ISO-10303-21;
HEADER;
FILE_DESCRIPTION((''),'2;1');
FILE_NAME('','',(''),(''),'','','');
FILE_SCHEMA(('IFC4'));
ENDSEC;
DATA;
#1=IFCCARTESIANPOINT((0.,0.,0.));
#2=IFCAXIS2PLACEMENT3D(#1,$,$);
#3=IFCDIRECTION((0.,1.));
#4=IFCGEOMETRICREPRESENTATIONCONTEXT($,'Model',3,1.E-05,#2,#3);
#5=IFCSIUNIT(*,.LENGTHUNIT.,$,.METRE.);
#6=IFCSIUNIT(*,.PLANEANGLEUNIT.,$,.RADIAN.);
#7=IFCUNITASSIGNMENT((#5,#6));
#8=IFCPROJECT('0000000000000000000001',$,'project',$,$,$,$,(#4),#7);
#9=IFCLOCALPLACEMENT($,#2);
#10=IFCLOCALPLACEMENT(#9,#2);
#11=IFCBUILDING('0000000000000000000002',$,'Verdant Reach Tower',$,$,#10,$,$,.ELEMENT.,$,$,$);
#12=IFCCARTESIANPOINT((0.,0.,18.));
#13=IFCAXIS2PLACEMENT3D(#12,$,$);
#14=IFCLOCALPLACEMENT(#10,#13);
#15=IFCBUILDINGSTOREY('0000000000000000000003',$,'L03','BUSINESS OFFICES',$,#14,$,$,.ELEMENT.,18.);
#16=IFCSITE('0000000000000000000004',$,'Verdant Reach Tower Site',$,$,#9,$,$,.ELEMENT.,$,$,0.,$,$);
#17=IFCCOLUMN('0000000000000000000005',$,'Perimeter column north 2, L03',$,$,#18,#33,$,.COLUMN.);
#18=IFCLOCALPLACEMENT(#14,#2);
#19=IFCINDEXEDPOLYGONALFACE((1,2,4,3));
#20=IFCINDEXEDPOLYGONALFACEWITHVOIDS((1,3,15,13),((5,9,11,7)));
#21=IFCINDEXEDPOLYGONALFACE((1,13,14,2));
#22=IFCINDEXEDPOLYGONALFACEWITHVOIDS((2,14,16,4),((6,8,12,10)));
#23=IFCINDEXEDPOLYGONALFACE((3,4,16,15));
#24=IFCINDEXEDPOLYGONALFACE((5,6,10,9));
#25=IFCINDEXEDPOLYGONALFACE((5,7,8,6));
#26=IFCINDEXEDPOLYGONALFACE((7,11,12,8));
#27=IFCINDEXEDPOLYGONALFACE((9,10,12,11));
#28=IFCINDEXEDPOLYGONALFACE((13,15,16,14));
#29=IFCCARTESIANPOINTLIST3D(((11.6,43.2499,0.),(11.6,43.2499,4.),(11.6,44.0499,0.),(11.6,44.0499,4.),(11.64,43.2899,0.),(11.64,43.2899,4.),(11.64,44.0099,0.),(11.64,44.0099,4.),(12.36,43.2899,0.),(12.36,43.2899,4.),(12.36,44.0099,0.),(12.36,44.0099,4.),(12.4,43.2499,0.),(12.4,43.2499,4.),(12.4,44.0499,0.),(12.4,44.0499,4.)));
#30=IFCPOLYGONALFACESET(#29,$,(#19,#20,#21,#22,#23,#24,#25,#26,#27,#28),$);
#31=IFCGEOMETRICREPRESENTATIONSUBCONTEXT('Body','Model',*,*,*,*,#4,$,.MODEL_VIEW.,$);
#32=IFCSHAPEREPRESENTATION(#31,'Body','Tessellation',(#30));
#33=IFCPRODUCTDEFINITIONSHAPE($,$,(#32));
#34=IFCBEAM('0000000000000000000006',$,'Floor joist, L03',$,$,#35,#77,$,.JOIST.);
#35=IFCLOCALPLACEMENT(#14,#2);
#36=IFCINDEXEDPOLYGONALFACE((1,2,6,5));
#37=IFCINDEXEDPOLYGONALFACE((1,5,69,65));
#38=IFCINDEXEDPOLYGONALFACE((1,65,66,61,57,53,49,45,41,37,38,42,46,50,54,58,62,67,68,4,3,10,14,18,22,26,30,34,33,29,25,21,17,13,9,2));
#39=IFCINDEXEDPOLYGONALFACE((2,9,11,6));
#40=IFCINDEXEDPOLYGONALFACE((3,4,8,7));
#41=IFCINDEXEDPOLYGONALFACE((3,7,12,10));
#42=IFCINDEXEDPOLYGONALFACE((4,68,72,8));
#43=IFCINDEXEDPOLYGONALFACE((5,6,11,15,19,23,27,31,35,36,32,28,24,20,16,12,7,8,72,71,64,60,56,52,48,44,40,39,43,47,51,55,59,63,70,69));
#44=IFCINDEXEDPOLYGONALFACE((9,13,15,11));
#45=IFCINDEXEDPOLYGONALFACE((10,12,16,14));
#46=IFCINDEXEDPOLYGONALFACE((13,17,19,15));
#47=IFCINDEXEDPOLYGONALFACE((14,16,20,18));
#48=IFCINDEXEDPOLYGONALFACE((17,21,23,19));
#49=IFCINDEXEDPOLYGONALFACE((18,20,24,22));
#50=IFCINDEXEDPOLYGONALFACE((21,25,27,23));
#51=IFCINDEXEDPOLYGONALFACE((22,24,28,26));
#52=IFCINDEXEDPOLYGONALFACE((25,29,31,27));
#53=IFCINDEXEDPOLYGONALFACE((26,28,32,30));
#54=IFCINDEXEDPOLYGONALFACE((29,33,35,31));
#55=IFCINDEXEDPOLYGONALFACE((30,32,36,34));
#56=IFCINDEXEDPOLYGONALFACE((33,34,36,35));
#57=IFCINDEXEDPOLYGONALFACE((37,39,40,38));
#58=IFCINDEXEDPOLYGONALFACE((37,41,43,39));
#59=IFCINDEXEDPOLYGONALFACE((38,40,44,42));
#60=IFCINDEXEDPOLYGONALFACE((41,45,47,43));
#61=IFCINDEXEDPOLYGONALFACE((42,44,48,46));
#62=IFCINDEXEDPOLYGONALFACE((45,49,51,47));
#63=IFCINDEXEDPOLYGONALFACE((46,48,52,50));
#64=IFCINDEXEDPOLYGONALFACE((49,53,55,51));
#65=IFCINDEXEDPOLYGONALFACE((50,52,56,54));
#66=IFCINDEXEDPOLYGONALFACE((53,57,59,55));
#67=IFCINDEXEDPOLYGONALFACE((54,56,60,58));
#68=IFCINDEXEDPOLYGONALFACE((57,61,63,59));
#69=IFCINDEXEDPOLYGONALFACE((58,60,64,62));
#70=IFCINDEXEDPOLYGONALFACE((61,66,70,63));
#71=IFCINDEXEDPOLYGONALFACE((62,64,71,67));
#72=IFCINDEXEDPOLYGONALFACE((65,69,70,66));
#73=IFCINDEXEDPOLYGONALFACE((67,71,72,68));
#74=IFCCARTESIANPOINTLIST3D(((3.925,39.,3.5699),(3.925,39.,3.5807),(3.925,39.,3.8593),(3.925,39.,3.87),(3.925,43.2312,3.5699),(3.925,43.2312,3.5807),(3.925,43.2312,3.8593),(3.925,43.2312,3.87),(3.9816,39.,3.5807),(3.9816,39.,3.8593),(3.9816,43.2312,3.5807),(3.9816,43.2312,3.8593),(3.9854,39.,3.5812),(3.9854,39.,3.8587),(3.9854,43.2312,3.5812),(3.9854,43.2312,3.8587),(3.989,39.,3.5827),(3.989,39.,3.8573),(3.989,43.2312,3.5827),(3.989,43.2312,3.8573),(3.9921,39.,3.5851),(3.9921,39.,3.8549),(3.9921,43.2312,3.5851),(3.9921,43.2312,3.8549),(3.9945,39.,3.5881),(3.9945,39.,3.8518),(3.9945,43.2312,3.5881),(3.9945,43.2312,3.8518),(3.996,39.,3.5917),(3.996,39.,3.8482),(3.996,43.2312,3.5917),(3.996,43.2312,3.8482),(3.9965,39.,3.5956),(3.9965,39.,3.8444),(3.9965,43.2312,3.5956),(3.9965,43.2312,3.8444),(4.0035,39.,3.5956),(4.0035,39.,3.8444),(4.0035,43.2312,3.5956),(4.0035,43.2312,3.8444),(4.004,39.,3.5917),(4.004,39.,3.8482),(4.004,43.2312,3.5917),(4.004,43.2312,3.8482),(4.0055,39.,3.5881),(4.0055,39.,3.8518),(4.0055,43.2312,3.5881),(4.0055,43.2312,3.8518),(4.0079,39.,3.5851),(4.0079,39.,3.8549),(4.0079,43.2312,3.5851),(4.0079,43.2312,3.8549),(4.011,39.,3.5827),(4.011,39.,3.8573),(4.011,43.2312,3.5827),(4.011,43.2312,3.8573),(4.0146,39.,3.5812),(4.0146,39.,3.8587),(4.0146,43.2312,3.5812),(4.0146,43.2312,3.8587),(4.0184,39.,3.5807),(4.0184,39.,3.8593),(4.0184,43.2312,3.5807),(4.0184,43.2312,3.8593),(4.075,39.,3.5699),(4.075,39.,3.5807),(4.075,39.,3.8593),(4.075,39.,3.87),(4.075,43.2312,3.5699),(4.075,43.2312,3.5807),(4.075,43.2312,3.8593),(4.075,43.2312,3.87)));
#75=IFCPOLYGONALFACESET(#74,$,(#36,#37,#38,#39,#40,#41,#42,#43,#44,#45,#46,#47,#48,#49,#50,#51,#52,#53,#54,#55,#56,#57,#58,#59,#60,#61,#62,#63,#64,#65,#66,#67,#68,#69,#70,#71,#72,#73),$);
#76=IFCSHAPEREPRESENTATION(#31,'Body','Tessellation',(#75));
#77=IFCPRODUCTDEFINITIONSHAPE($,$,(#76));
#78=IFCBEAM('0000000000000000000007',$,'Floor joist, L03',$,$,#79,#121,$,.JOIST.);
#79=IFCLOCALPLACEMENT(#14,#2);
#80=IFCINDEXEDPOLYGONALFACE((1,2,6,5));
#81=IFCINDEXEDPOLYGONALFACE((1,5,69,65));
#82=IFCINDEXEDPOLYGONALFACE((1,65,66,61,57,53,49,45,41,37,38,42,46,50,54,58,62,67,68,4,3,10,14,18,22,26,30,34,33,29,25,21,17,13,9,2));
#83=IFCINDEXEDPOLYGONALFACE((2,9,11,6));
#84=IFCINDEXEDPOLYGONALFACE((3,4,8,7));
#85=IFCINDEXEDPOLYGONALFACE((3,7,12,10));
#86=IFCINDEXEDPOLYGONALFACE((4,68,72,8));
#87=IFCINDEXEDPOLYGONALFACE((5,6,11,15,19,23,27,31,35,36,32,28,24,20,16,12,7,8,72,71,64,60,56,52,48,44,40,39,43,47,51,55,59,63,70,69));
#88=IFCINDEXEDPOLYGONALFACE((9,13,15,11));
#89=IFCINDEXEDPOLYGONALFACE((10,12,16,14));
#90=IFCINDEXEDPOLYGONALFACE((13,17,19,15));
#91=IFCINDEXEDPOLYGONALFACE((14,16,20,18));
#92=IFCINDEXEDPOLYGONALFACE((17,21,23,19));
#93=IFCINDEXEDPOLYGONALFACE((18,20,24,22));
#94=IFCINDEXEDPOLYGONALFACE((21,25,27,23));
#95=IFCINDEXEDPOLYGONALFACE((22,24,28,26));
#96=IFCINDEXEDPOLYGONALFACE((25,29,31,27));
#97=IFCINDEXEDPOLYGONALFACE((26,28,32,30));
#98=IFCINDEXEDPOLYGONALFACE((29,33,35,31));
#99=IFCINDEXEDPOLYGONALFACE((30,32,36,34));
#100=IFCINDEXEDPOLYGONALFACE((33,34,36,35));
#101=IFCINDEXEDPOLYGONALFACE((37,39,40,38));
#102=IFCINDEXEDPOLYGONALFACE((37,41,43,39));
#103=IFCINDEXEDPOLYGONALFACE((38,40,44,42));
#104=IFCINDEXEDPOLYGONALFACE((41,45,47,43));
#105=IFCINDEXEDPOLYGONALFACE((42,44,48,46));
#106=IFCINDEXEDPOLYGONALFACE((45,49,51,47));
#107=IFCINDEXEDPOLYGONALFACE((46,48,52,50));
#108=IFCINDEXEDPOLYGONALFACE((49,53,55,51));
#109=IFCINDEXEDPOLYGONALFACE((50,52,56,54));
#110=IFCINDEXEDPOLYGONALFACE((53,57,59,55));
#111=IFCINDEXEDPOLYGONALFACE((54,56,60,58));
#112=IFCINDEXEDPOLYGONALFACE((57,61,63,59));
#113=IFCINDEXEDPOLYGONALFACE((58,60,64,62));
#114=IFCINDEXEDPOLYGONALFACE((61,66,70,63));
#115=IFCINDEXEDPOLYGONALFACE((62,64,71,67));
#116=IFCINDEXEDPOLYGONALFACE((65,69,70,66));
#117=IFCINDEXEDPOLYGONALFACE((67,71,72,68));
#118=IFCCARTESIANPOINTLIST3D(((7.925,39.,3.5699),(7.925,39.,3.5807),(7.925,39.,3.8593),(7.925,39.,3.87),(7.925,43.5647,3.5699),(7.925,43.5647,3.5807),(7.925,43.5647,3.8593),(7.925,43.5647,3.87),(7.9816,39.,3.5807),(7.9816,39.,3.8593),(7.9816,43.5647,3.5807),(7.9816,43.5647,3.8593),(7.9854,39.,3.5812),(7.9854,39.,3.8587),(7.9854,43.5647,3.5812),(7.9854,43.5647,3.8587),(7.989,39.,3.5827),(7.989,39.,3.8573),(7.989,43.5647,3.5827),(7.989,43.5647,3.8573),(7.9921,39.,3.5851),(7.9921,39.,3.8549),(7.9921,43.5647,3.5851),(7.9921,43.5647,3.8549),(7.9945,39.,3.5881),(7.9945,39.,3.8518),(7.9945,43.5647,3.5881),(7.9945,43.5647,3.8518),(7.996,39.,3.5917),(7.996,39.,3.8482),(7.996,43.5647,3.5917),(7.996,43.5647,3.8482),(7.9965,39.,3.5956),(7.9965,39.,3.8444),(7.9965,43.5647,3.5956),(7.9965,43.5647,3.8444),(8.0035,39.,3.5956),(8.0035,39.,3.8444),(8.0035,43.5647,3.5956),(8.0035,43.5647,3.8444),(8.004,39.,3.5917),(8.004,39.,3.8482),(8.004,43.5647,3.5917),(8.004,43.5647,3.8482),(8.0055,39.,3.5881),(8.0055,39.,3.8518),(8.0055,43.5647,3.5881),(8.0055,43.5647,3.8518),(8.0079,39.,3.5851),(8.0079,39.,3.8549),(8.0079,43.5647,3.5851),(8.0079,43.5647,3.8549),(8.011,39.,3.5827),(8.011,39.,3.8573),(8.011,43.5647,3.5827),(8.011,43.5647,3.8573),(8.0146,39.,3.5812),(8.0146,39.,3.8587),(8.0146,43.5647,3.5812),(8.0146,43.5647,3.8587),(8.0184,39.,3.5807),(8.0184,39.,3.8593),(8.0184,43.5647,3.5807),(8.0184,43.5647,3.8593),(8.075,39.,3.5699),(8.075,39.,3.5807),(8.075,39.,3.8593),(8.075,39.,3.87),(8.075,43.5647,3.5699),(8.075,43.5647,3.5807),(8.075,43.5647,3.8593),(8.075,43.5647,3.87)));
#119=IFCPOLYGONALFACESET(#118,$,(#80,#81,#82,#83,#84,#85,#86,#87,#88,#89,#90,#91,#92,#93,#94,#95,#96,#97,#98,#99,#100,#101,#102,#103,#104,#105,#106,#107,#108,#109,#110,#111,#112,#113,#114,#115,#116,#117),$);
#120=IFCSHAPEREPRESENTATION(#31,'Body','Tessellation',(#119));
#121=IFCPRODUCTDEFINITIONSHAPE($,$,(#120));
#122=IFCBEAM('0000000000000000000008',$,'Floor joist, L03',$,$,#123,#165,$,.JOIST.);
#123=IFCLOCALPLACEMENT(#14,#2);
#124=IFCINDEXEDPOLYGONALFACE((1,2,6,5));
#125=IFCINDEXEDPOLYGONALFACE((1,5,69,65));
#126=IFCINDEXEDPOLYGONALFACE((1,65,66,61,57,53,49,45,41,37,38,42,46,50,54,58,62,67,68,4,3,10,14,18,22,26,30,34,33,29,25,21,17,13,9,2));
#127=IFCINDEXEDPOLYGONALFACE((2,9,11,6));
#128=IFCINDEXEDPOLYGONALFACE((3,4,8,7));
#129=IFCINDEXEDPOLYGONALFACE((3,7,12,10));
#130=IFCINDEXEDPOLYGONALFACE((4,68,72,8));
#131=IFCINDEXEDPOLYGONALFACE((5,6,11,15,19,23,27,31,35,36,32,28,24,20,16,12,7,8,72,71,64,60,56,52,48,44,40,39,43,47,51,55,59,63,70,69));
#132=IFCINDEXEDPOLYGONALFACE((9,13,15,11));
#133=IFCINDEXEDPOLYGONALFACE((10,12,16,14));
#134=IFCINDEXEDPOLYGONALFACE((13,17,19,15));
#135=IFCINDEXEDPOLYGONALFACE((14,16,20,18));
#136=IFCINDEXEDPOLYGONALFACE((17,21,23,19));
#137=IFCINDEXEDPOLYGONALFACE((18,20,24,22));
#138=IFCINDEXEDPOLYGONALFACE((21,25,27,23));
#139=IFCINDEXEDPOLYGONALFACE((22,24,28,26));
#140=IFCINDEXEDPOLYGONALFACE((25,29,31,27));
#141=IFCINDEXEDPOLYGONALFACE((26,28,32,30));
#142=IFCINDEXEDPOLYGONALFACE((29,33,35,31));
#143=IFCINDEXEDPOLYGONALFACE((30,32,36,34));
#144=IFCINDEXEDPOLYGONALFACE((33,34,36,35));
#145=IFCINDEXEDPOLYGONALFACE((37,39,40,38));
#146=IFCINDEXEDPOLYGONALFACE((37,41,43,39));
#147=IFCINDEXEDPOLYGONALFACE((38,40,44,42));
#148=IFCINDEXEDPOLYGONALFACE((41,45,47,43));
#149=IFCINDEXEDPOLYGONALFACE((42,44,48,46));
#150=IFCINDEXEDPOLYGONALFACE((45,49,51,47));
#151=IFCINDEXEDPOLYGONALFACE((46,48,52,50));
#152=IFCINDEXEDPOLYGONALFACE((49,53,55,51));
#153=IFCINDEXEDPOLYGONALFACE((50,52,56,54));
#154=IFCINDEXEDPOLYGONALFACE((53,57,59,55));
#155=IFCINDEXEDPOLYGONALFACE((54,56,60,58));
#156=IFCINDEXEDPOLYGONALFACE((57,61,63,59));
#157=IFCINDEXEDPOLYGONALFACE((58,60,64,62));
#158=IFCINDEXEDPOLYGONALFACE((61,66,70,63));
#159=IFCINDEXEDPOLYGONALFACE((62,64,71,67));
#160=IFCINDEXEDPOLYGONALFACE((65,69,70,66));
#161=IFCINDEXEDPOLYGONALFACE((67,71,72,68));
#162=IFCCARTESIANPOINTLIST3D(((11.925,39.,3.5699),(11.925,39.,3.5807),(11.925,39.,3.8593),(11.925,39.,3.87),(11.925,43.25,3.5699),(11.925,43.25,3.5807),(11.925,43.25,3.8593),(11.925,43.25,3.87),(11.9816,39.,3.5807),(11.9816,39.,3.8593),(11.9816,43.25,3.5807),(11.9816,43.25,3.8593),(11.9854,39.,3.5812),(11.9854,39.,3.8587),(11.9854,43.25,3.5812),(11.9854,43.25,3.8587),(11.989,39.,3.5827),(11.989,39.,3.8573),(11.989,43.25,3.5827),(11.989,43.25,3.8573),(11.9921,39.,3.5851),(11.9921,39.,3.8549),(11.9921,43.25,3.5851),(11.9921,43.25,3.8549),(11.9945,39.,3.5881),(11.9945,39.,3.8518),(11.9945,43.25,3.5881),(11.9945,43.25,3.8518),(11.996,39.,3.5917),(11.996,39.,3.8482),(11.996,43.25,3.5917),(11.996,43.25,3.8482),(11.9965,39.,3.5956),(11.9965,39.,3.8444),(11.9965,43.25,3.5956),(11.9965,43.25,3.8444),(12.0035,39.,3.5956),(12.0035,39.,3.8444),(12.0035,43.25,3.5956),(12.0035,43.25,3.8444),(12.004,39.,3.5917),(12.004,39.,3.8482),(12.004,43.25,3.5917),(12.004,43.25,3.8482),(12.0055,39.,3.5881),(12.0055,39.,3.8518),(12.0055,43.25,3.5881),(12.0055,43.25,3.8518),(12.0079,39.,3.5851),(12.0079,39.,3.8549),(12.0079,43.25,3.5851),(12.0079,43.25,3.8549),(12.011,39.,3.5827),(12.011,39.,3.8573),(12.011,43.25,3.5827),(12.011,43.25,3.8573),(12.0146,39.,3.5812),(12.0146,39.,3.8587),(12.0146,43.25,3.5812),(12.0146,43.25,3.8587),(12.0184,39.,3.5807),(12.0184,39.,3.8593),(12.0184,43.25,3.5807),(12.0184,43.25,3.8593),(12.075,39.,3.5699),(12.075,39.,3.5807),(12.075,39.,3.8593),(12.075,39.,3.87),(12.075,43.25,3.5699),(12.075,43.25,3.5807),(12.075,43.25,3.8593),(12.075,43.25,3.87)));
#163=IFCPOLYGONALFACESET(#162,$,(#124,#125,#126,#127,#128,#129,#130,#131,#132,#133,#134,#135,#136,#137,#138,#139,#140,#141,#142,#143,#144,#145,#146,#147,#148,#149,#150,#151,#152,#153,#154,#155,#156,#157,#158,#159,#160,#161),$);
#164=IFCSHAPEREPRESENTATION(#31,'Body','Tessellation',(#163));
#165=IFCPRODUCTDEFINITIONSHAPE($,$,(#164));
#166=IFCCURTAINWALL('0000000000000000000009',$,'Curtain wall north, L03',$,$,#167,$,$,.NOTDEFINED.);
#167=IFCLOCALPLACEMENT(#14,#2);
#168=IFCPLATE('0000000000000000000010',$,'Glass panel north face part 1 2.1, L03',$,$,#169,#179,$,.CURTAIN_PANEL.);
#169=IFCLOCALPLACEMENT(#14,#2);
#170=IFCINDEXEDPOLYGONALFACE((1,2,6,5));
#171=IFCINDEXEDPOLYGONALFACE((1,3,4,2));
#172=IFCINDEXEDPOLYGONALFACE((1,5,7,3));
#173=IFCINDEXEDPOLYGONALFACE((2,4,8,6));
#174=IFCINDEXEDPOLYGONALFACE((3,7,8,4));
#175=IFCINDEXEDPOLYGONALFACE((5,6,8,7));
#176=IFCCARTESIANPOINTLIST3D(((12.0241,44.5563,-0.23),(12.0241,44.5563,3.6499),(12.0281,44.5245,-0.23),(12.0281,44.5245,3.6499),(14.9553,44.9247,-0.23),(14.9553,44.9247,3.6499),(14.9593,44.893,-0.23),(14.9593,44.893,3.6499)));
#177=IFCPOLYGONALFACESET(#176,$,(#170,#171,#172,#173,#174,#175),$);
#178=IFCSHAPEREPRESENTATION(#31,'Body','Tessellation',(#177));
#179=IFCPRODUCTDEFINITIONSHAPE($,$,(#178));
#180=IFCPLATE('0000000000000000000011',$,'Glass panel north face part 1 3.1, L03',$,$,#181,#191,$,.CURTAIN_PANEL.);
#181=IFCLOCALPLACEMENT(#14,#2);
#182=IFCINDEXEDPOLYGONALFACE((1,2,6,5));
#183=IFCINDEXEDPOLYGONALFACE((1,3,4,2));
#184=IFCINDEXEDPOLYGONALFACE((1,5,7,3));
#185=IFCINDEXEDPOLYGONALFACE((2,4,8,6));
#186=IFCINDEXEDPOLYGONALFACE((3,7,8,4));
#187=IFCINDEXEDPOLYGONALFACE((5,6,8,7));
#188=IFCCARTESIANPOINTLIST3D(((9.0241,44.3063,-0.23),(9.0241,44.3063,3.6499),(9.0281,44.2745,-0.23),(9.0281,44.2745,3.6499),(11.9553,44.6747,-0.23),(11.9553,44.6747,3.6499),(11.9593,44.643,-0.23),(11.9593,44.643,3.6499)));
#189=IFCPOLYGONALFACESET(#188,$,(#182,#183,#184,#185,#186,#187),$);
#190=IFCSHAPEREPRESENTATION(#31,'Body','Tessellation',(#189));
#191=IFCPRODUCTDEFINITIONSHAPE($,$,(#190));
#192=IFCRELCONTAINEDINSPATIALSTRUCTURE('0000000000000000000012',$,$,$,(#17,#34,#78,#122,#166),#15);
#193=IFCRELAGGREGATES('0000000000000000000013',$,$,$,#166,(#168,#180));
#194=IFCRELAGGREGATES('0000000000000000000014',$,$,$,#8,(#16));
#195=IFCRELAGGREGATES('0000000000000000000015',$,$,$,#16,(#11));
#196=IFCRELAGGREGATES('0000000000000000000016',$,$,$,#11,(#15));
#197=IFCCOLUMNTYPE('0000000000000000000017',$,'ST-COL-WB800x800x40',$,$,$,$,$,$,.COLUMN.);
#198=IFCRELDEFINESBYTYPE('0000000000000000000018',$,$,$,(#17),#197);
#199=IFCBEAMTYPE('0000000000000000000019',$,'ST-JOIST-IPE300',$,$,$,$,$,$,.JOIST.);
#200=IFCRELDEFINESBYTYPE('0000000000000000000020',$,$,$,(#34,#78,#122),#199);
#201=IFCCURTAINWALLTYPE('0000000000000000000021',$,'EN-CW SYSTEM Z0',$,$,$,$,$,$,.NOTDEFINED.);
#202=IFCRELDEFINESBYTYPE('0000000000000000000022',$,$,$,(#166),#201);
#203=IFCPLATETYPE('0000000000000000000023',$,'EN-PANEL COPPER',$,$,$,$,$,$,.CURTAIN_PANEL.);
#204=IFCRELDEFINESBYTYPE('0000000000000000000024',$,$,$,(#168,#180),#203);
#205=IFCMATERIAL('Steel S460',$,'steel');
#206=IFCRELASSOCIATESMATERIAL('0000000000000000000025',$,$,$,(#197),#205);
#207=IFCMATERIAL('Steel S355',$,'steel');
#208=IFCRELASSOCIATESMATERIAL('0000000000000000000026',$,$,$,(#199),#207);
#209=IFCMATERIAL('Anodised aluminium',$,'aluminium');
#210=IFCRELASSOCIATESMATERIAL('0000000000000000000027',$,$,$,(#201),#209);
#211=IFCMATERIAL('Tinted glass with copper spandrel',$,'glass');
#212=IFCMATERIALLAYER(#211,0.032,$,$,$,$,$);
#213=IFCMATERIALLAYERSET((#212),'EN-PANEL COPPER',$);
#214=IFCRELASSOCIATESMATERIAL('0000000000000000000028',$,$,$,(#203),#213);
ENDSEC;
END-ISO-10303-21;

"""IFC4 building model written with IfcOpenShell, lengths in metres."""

from ifc_helpers import new_model, si_unit, direction, frame, origin, origin_2d, place, context, subcontext, project, spatial, rectangle, hollow_rectangle, i_section, extrude, material, layer, layer_set, material_profile, profile_set, type_object, element, aggregate, save


model = new_model("IFC4")

# Units and contexts
model_context = context("Model", 3, precision=1e-05, world=origin(), true_north=direction((0.0, 1.0)))
body_context = subcontext(model_context, "Body", "Model", "MODEL_VIEW")
ifc_project = project(units=[si_unit("LENGTHUNIT", "METRE"), si_unit("PLANEANGLEUNIT", "RADIAN")], contexts=[model_context])

# Site, building, storey
site_placement = place(None, origin())
site = spatial("IfcSite", under=ifc_project, at=site_placement, Name="Verdant Reach Tower Site", CompositionType="ELEMENT", RefElevation=0.0)
building_placement = place(site_placement, origin())
building = spatial("IfcBuilding", under=site, at=building_placement, Name="Verdant Reach Tower", CompositionType="ELEMENT")
storey_placement = place(building_placement, frame((0.0, 0.0, 18.0)))
storey = spatial("IfcBuildingStorey", under=building, at=storey_placement, Name="L03", Description="BUSINESS OFFICES", CompositionType="ELEMENT", Elevation=18.0)

# Column
ifc_material_1 = material(Name="Steel S460", Category="steel")
ifc_material_profile_1 = material_profile(ifc_material_1, hollow_rectangle(XDim=0.8, YDim=0.8, WallThickness=0.04, at=origin_2d()), Name="WB 800x800x40")
ifc_profile_set_1 = profile_set([ifc_material_profile_1], Name="Steel S460")
column_type = type_object("IfcColumnType", Name="ST-COL-WB800x800x40", PredefinedType="COLUMN", material=ifc_profile_set_1)
column_placement = place(storey_placement, frame((12.0, 43.6499, 0.0), z_axis=(0.0, 0.0, 1.0), x_axis=(1.0, 0.0, 0.0)))
element("IfcColumn", 1, at=column_placement, inside=storey, type_object=column_type, Name="Perimeter column north 2, L03", PredefinedType="COLUMN", context=body_context, shape_type="SweptSolid", body=[
    extrude(hollow_rectangle(XDim=0.8, YDim=0.8, WallThickness=0.04, at=origin_2d()), origin(), (0.0, 0.0, 1.0), 4.0),
])

# Beams
ifc_material_2 = material(Name="Steel S355", Category="steel")
ifc_material_profile_2 = material_profile(ifc_material_2, i_section(OverallWidth=0.1499, OverallDepth=0.3, WebThickness=0.0071, FlangeThickness=0.0107, FilletRadius=0.0149, at=origin_2d()), Name="IPE 300")
ifc_profile_set_2 = profile_set([ifc_material_profile_2], Name="Steel S355")
beam_type = type_object("IfcBeamType", Name="ST-JOIST-IPE300", PredefinedType="JOIST", material=ifc_profile_set_2)
beam_1_placement = place(storey_placement, frame((4.0, 39.0, 3.72), z_axis=(0.0, 1.0, 0.0), x_axis=(-1.0, 0.0, 0.0)))
element("IfcBeam", 2, at=beam_1_placement, inside=storey, type_object=beam_type, Name="Floor joist, L03", PredefinedType="JOIST", context=body_context, shape_type="SweptSolid", body=[
    extrude(i_section(OverallWidth=0.1499, OverallDepth=0.3, WebThickness=0.0071, FlangeThickness=0.0107, FilletRadius=0.0149, at=origin_2d()), origin(), (0.0, 0.0, 1.0), 4.2312),
])
beam_2_placement = place(storey_placement, frame((8.0, 39.0, 3.72), z_axis=(0.0, 1.0, 0.0), x_axis=(-1.0, 0.0, 0.0)))
element("IfcBeam", 3, at=beam_2_placement, inside=storey, type_object=beam_type, Name="Floor joist, L03", PredefinedType="JOIST", context=body_context, shape_type="SweptSolid", body=[
    extrude(i_section(OverallWidth=0.1499, OverallDepth=0.3, WebThickness=0.0071, FlangeThickness=0.0107, FilletRadius=0.0149, at=origin_2d()), origin(), (0.0, 0.0, 1.0), 4.5647),
])
beam_3_placement = place(storey_placement, frame((12.0, 39.0, 3.72), z_axis=(0.0, 1.0, 0.0), x_axis=(-1.0, 0.0, 0.0)))
element("IfcBeam", 4, at=beam_3_placement, inside=storey, type_object=beam_type, Name="Floor joist, L03", PredefinedType="JOIST", context=body_context, shape_type="SweptSolid", body=[
    extrude(i_section(OverallWidth=0.1499, OverallDepth=0.3, WebThickness=0.0071, FlangeThickness=0.0107, FilletRadius=0.0149, at=origin_2d()), origin(), (0.0, 0.0, 1.0), 4.25),
])

# Curtain wall, plates
ifc_material_3 = material(Name="Anodised aluminium", Category="aluminium")
curtain_wall_type = type_object("IfcCurtainWallType", Name="EN-CW SYSTEM Z0", PredefinedType="NOTDEFINED", material=ifc_material_3)
curtain_wall_placement = place(storey_placement, origin())
curtain_wall = element("IfcCurtainWall", 5, at=curtain_wall_placement, inside=storey, type_object=curtain_wall_type, Name="Curtain wall north, L03", PredefinedType="NOTDEFINED")
ifc_material_4 = material(Name="Tinted glass with copper spandrel", Category="glass")
ifc_layer_1 = layer(ifc_material_4, 0.032)
ifc_layer_set_1 = layer_set([ifc_layer_1], Name="EN-PANEL COPPER")
plate_type_1 = type_object("IfcPlateType", Name="EN-PANEL COPPER", PredefinedType="CURTAIN_PANEL", material=ifc_layer_set_1)
plate_1_placement = place(storey_placement, frame((13.4917, 44.7246, -0.23), z_axis=(0.0, 0.0, 1.0), x_axis=(-0.992194, -0.124704, 0.0)))
plate_1 = element("IfcPlate", 6, at=plate_1_placement, type_object=plate_type_1, Name="Glass panel north face part 1 2.1, L03", PredefinedType="CURTAIN_PANEL", context=body_context, shape_type="SweptSolid", body=[
    extrude(rectangle(XDim=2.9543, YDim=0.032, at=origin_2d()), origin(), (0.0, 0.0, 1.0), 3.8799),
])
plate_2_placement = place(storey_placement, frame((10.4917, 44.4746, -0.23), z_axis=(0.0, 0.0, 1.0), x_axis=(-0.992194, -0.124704, 0.0)))
plate_2 = element("IfcPlate", 7, at=plate_2_placement, type_object=plate_type_1, Name="Glass panel north face part 1 3.1, L03", PredefinedType="CURTAIN_PANEL", context=body_context, shape_type="SweptSolid", body=[
    extrude(rectangle(XDim=2.9543, YDim=0.032, at=origin_2d()), origin(), (0.0, 0.0, 1.0), 3.8799),
])
aggregate(curtain_wall, [plate_1, plate_2])

save(model, "model.ifc")
